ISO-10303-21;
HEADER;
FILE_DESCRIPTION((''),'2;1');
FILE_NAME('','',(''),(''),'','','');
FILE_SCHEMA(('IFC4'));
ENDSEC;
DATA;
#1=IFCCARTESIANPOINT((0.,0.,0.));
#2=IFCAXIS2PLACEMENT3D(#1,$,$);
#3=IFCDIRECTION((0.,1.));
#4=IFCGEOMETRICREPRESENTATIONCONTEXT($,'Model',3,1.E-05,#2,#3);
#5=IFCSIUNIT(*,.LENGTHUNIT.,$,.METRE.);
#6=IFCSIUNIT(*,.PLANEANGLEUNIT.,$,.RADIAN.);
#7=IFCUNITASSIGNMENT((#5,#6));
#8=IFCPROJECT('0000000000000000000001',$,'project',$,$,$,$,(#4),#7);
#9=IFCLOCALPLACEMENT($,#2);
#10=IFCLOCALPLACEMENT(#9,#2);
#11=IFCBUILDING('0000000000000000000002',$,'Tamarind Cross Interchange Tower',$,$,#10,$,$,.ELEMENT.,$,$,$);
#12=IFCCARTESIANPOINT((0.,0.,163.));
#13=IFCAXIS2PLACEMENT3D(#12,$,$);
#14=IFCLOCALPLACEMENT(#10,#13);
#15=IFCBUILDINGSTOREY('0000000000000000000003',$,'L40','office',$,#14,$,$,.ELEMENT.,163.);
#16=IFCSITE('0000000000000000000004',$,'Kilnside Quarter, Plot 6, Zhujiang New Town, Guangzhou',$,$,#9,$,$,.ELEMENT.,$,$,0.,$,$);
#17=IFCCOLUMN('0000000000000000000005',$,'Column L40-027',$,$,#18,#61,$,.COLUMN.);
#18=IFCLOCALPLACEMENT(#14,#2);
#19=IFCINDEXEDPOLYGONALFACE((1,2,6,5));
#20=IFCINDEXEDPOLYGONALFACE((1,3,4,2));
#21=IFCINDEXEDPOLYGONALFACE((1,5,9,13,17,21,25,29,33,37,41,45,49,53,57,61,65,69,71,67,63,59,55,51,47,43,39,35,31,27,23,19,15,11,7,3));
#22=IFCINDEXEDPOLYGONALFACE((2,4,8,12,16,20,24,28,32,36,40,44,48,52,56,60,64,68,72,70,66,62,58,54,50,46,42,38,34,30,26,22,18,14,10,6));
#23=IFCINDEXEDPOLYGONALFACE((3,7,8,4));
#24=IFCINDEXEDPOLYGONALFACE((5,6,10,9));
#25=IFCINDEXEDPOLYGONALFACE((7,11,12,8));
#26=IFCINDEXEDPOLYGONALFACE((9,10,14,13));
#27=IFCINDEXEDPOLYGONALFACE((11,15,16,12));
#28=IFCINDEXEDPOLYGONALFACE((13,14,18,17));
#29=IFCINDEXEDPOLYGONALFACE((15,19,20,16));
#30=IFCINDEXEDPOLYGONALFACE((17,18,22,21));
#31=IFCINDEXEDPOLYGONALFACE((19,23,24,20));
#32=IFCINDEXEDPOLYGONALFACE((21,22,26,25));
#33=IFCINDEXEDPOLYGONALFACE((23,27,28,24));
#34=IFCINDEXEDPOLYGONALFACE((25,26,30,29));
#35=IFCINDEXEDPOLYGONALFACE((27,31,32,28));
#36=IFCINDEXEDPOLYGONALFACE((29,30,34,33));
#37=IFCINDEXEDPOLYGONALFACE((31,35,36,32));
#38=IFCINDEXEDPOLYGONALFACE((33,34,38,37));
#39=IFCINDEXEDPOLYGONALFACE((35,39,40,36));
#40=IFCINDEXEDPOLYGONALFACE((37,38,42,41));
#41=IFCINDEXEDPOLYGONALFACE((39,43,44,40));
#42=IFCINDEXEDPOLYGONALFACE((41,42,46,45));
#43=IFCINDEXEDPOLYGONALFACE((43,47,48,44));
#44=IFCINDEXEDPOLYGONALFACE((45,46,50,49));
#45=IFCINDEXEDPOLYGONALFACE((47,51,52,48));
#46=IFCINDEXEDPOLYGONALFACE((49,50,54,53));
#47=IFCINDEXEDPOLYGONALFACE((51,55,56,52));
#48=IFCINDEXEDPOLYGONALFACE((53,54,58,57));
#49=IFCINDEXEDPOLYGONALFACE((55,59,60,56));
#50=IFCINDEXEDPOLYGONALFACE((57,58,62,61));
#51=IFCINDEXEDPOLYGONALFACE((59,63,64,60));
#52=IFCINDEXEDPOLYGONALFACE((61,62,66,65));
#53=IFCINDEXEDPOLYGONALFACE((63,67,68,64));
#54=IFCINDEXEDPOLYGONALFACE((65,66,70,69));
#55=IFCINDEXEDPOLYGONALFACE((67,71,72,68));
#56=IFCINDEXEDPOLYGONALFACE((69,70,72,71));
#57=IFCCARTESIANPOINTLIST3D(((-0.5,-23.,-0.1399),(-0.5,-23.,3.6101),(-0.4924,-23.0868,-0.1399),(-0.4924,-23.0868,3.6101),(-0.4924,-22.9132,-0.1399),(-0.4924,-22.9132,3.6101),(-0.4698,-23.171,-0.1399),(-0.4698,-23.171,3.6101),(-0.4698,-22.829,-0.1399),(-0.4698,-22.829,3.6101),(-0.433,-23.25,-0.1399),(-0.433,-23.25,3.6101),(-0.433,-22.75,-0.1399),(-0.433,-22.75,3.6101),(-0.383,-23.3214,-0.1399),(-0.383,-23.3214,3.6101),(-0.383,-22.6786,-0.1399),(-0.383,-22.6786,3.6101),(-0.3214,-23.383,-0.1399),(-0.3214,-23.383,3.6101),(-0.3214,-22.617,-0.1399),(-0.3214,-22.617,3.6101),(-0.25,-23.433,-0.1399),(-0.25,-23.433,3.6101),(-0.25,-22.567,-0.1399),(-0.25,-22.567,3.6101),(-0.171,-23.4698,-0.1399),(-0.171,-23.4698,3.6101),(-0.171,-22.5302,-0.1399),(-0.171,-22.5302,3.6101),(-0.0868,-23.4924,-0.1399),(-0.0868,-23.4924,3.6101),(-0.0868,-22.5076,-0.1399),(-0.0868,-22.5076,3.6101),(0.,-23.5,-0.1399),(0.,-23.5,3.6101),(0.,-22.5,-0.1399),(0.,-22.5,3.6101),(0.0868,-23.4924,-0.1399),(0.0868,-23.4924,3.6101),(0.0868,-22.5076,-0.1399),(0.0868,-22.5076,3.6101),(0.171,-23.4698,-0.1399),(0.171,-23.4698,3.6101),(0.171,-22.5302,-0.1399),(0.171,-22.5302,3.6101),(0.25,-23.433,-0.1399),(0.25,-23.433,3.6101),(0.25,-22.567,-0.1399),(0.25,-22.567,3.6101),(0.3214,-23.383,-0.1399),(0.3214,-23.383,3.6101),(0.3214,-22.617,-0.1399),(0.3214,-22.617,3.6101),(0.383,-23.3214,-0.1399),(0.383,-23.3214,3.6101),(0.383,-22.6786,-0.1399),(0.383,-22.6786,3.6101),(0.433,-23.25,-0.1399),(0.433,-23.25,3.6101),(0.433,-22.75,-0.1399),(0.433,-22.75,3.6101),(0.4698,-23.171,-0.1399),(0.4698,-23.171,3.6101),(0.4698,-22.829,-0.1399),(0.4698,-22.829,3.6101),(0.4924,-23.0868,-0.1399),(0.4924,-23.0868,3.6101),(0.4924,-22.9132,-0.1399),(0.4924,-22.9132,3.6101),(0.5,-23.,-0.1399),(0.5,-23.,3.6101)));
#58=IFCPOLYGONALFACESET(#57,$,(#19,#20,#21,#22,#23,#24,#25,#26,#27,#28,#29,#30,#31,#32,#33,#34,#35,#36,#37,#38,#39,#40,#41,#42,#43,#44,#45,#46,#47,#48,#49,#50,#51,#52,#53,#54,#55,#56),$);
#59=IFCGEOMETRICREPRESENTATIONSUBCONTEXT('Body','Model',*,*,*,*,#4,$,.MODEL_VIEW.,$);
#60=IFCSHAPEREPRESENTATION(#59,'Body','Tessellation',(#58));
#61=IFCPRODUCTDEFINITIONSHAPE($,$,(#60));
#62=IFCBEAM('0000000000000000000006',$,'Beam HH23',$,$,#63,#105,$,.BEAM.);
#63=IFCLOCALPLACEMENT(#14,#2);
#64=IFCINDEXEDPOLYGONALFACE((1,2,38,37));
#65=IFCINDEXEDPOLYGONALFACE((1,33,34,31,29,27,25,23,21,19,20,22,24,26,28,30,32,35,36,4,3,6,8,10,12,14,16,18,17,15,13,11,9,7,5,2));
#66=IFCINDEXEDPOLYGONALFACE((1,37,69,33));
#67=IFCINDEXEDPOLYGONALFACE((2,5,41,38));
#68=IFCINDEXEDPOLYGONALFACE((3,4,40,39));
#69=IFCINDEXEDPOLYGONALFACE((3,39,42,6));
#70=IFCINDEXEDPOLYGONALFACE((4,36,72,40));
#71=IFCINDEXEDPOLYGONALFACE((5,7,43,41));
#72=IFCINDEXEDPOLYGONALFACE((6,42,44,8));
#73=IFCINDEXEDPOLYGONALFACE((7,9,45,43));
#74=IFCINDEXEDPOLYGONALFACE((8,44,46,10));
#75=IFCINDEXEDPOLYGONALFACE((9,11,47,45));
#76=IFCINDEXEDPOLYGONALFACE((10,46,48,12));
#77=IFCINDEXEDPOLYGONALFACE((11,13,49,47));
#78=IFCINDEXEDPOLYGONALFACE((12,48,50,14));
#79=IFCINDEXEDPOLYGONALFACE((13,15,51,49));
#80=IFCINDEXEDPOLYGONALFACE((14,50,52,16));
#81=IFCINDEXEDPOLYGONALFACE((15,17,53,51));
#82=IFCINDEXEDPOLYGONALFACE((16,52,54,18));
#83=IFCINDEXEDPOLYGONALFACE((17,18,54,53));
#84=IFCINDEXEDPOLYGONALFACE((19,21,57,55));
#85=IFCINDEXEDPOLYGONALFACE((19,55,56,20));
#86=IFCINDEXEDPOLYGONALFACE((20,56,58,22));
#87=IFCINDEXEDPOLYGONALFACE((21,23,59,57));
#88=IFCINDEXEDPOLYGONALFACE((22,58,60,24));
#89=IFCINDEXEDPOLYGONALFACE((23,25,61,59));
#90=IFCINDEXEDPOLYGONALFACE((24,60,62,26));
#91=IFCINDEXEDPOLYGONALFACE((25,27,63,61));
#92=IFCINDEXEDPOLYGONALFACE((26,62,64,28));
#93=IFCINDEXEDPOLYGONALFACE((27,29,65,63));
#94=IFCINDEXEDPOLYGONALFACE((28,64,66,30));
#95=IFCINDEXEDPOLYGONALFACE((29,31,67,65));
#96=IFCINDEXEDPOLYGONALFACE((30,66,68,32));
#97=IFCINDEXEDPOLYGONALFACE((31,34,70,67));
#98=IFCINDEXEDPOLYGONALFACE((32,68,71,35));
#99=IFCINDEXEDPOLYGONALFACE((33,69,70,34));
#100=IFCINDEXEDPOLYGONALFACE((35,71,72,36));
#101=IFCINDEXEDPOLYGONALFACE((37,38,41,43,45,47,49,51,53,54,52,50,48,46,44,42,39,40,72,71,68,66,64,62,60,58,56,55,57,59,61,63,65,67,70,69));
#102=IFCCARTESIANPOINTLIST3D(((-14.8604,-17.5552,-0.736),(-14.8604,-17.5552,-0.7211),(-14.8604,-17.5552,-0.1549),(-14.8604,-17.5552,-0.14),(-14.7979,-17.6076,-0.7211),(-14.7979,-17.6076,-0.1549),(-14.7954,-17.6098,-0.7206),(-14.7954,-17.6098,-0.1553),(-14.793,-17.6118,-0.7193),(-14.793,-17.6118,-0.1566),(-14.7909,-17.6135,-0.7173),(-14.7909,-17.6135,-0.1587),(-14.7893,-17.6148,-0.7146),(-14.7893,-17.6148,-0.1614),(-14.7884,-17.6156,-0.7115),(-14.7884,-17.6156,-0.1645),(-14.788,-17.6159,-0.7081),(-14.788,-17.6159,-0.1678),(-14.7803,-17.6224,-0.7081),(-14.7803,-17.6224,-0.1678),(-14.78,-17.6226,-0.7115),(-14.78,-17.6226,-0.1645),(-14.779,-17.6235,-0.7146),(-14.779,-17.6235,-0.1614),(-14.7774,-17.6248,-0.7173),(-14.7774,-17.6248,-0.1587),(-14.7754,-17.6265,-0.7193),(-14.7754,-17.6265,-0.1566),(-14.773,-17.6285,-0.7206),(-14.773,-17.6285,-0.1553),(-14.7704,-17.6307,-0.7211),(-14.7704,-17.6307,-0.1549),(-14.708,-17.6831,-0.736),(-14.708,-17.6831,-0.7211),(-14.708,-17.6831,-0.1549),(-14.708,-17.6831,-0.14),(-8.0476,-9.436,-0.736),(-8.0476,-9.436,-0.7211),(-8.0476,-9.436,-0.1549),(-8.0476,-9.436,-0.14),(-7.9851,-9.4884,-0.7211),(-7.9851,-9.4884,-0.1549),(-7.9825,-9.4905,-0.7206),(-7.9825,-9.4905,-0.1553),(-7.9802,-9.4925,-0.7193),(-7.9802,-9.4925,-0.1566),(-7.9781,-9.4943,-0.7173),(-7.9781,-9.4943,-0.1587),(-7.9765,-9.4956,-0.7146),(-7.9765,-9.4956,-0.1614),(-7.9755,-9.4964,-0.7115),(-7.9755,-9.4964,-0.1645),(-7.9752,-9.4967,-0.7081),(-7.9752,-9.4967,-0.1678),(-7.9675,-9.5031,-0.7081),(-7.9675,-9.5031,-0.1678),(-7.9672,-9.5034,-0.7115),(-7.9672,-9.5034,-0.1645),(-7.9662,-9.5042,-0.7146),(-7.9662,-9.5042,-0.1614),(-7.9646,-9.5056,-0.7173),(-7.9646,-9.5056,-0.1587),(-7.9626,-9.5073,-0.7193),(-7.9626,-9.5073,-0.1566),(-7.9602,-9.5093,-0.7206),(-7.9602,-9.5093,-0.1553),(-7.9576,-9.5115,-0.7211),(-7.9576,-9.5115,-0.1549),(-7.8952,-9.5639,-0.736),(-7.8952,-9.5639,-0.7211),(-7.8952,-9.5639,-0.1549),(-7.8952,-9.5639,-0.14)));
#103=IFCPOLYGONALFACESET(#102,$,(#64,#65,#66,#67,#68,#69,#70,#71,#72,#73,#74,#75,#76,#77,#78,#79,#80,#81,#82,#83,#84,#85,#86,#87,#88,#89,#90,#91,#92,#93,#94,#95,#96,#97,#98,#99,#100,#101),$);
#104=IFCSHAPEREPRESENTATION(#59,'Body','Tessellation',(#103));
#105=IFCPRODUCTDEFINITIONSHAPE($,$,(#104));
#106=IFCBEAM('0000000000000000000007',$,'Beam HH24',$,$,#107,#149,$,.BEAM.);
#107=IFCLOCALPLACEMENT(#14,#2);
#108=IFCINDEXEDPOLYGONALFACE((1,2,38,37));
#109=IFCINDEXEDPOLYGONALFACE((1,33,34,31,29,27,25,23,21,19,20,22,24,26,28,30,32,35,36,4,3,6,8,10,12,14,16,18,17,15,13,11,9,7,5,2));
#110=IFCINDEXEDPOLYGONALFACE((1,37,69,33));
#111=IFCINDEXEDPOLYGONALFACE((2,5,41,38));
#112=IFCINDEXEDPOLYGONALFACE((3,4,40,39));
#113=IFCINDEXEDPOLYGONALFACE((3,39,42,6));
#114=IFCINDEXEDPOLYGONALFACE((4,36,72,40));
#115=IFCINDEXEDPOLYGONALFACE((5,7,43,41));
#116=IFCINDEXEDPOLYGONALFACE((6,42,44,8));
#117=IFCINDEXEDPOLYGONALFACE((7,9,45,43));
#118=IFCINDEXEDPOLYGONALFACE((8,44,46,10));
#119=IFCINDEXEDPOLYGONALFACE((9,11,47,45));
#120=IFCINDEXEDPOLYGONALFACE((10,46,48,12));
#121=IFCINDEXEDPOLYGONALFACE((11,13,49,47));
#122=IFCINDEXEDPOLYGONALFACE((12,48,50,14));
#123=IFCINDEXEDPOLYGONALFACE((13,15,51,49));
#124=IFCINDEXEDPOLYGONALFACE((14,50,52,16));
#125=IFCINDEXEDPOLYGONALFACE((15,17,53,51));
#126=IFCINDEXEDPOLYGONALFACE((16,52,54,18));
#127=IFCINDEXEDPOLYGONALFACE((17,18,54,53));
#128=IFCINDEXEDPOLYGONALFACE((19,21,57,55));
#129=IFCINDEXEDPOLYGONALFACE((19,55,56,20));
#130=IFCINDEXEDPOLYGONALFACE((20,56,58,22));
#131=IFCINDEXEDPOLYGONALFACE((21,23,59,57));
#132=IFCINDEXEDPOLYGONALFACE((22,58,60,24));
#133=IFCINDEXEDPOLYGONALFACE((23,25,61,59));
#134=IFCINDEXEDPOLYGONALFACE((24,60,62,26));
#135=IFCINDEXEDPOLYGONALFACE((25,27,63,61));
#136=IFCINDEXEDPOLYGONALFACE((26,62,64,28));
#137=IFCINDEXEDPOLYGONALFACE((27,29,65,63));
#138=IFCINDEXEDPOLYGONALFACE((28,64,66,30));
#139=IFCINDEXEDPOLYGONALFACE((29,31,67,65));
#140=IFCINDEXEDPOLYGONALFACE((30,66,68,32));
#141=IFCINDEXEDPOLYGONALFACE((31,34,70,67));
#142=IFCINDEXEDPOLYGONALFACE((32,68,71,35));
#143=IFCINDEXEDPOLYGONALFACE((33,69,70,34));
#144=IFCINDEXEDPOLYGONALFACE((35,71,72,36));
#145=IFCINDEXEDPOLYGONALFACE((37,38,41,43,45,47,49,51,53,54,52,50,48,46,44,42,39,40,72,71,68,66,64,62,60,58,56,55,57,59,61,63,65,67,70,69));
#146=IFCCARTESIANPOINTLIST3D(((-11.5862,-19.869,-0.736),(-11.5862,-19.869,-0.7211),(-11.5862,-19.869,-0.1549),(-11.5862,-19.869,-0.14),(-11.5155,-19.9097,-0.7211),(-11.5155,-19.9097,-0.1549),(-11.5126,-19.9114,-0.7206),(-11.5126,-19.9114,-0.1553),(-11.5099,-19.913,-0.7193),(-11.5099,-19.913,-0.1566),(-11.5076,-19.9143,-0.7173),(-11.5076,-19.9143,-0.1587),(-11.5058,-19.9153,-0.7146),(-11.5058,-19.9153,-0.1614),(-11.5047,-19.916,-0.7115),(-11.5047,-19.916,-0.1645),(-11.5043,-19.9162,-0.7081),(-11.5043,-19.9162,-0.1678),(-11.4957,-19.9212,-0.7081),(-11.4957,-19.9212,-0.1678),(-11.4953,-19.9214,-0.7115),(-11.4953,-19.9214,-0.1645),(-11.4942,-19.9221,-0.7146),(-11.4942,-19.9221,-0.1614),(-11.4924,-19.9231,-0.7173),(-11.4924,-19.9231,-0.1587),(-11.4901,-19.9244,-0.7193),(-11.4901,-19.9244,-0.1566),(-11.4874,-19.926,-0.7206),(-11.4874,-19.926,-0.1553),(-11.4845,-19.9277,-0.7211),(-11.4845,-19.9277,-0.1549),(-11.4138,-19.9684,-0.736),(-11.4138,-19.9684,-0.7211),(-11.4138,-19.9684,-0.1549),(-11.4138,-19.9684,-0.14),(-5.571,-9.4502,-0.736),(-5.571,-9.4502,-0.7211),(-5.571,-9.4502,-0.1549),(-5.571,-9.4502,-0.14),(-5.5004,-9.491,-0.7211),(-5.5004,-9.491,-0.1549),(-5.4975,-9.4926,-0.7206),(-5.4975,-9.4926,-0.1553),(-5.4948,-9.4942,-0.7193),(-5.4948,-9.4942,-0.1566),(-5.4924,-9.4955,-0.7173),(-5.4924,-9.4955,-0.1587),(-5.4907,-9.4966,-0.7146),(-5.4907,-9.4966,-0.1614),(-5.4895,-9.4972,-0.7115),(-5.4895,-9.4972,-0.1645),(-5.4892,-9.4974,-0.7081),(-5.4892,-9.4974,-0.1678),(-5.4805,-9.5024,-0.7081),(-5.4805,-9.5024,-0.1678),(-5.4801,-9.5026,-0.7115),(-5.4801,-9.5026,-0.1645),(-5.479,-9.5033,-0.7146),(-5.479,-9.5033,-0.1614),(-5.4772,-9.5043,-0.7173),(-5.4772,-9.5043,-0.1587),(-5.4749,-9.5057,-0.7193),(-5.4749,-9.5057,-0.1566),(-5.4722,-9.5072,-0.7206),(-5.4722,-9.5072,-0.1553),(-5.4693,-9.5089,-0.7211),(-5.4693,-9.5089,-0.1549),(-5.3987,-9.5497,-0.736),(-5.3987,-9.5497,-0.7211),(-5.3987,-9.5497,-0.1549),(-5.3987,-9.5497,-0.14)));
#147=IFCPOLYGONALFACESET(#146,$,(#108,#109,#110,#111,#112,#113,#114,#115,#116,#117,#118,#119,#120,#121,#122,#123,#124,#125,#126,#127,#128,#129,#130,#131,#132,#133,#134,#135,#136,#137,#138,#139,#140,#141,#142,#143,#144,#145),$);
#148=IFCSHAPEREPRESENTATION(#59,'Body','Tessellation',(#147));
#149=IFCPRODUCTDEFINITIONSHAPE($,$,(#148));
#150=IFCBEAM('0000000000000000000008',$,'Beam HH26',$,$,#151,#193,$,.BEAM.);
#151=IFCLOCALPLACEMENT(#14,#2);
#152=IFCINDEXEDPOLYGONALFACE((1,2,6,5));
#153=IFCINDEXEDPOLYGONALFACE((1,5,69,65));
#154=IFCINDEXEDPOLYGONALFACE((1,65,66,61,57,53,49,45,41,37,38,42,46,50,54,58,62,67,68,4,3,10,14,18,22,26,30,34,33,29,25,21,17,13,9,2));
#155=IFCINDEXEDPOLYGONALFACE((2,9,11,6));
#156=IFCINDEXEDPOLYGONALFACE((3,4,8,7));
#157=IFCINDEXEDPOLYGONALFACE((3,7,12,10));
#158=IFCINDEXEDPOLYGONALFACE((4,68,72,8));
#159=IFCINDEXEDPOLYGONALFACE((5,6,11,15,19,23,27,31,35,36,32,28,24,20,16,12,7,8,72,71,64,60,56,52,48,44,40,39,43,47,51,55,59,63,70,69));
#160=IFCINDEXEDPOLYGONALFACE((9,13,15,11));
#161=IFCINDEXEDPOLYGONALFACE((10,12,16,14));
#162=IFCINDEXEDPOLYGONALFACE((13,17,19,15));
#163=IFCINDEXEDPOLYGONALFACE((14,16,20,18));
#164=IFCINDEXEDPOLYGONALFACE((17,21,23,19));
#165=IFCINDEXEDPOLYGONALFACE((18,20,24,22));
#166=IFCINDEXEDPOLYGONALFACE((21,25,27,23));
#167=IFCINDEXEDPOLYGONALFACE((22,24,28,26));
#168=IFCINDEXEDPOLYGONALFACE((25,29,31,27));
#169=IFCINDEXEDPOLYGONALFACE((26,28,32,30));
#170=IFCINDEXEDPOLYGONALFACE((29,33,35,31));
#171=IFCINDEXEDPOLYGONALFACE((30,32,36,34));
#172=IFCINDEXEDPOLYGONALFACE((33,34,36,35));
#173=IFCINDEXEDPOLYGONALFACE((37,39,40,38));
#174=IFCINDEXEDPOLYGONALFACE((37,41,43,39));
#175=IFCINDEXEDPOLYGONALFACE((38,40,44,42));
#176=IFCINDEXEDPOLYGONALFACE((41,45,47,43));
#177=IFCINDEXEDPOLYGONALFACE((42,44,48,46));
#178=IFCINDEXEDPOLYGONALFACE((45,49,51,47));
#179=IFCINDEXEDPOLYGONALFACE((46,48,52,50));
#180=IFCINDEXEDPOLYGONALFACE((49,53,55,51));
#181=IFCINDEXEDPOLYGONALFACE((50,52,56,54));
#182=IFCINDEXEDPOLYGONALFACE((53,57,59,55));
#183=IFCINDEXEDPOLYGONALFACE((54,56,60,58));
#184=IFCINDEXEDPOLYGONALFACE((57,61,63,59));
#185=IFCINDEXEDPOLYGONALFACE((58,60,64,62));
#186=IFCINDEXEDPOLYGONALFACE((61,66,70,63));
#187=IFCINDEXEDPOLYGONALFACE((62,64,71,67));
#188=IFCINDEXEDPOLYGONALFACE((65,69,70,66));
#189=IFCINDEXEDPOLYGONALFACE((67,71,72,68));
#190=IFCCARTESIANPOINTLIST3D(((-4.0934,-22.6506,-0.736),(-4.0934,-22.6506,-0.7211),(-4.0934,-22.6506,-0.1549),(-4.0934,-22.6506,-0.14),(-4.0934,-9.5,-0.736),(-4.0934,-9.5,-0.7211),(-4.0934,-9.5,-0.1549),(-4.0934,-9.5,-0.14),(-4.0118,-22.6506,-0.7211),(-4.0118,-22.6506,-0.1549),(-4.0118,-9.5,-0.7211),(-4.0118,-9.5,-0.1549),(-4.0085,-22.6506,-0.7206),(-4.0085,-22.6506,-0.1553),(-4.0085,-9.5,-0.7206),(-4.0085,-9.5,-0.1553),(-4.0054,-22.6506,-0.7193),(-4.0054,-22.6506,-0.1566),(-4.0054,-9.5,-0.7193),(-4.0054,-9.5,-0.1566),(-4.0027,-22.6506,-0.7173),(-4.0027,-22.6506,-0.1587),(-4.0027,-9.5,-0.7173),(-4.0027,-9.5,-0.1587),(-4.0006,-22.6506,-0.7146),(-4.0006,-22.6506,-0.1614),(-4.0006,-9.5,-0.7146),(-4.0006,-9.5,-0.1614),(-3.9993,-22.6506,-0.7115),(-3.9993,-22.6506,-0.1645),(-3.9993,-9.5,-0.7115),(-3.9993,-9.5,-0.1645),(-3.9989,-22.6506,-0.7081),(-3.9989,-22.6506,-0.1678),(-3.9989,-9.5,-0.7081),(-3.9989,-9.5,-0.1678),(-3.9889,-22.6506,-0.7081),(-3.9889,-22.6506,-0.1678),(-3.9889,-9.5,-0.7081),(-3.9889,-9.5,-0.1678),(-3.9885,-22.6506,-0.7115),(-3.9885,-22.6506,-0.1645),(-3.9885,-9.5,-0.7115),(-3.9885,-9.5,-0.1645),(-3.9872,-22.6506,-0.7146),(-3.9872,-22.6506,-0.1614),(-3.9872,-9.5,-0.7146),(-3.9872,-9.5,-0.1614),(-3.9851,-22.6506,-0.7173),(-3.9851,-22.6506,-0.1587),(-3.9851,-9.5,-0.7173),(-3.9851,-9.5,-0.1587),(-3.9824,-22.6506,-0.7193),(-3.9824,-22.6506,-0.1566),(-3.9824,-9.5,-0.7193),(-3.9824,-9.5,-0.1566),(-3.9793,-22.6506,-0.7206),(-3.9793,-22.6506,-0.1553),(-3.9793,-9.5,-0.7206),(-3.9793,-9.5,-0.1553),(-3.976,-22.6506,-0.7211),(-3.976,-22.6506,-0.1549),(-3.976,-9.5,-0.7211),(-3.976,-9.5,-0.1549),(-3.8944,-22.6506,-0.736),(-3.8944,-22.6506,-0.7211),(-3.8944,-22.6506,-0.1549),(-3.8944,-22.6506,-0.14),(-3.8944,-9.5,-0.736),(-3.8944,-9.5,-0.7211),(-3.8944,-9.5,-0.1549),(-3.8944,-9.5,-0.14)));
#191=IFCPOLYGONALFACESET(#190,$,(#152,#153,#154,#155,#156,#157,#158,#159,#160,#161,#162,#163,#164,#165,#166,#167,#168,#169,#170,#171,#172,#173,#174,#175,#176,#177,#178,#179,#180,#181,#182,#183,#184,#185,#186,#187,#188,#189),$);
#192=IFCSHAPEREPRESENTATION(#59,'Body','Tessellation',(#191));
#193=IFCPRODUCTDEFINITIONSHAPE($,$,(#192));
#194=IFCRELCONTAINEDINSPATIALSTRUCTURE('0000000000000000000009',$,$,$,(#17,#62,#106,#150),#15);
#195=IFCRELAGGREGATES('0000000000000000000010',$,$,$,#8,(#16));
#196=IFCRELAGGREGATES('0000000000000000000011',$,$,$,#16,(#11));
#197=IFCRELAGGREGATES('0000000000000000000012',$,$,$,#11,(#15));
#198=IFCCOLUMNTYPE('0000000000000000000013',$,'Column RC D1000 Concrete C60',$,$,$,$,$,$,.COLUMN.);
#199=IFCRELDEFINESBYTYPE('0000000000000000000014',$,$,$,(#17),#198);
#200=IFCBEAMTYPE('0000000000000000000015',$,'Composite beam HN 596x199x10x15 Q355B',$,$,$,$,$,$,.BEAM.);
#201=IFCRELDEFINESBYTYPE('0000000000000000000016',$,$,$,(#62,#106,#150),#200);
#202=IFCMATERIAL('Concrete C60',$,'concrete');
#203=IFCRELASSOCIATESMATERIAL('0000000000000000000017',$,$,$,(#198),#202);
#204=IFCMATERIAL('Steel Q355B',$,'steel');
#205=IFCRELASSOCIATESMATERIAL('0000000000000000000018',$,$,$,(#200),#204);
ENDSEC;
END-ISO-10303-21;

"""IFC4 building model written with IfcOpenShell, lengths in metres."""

from ifc_helpers import new_model, si_unit, direction, frame, origin, origin_2d, place, context, subcontext, project, spatial, circle, i_section, extrude, material, material_profile, profile_set, type_object, element, save


model = new_model("IFC4")

# Units and contexts
model_context = context("Model", 3, precision=1e-05, world=origin(), true_north=direction((0.0, 1.0)))
body_context = subcontext(model_context, "Body", "Model", "MODEL_VIEW")
ifc_project = project(units=[si_unit("LENGTHUNIT", "METRE"), si_unit("PLANEANGLEUNIT", "RADIAN")], contexts=[model_context])

# Site, building, storey
site_placement = place(None, origin())
site = spatial("IfcSite", under=ifc_project, at=site_placement, Name="Kilnside Quarter, Plot 6, Zhujiang New Town, Guangzhou", CompositionType="ELEMENT", RefElevation=0.0)
building_placement = place(site_placement, origin())
building = spatial("IfcBuilding", under=site, at=building_placement, Name="Tamarind Cross Interchange Tower", CompositionType="ELEMENT")
storey_placement = place(building_placement, frame((0.0, 0.0, 163.0)))
storey = spatial("IfcBuildingStorey", under=building, at=storey_placement, Name="L40", Description="office", CompositionType="ELEMENT", Elevation=163.0)

# Column
ifc_material_1 = material(Name="Concrete C60", Category="concrete")
ifc_material_profile_1 = material_profile(ifc_material_1, circle(Radius=0.5, at=origin_2d()), Name="RC D1000")
ifc_profile_set_1 = profile_set([ifc_material_profile_1], Name="Concrete C60")
column_type = type_object("IfcColumnType", Name="Column RC D1000 Concrete C60", PredefinedType="COLUMN", material=ifc_profile_set_1)
for number, where, z_axis, x_axis, name in (
    (1, (0.0, -23.0, -0.1399), (0.0, 0.0, 1.0), (1.0, 0.0, 0.0), "Column L40-027"),
):
    element("IfcColumn", number, at=place(storey_placement, frame(where, z_axis=z_axis, x_axis=x_axis)), inside=storey, type_object=column_type, Name=name, PredefinedType="COLUMN", context=body_context, shape_type="SweptSolid", body=[
        extrude(circle(Radius=0.5, at=origin_2d()), origin(), (0.0, 0.0, 1.0), 3.75),
    ])

# Beams
ifc_material_2 = material(Name="Steel Q355B", Category="steel")
ifc_material_profile_2 = material_profile(ifc_material_2, i_section(OverallWidth=0.199, OverallDepth=0.5959, WebThickness=0.01, FlangeThickness=0.0149, FilletRadius=0.0129, at=origin_2d()), Name="HN 596x199x10x15")
ifc_profile_set_2 = profile_set([ifc_material_profile_2], Name="Steel Q355B")
beam_type = type_object("IfcBeamType", Name="Composite beam HN 596x199x10x15 Q355B", PredefinedType="BEAM", material=ifc_profile_set_2)
beam_1_placement = place(storey_placement, frame((-14.7842, -17.6191, -0.438), z_axis=(0.642786, 0.766046, 0.0), x_axis=(-0.766046, 0.642786, 0.0)))
element("IfcBeam", 2, at=beam_1_placement, inside=storey, type_object=beam_type, Name="Beam HH23", PredefinedType="BEAM", context=body_context, shape_type="SweptSolid", body=[
    extrude(i_section(OverallWidth=0.199, OverallDepth=0.5959, WebThickness=0.01, FlangeThickness=0.0149, FilletRadius=0.0129, at=origin_2d()), origin(), (0.0, 0.0, 1.0), 10.5989),
])
beam_2_placement = place(storey_placement, frame((-11.5, -19.9187, -0.438), z_axis=(0.499994, 0.866029, 0.0), x_axis=(-0.866029, 0.499994, 0.0)))
element("IfcBeam", 3, at=beam_2_placement, inside=storey, type_object=beam_type, Name="Beam HH24", PredefinedType="BEAM", context=body_context, shape_type="SweptSolid", body=[
    extrude(i_section(OverallWidth=0.199, OverallDepth=0.5959, WebThickness=0.01, FlangeThickness=0.0149, FilletRadius=0.0129, at=origin_2d()), origin(), (0.0, 0.0, 1.0), 12.0305),
])
beam_3_placement = place(storey_placement, frame((-3.9939, -22.6506, -0.438), z_axis=(0.0, 1.0, 0.0), x_axis=(-1.0, 0.0, 0.0)))
element("IfcBeam", 4, at=beam_3_placement, inside=storey, type_object=beam_type, Name="Beam HH26", PredefinedType="BEAM", context=body_context, shape_type="SweptSolid", body=[
    extrude(i_section(OverallWidth=0.199, OverallDepth=0.5959, WebThickness=0.01, FlangeThickness=0.0149, FilletRadius=0.0129, at=origin_2d()), origin(), (0.0, 0.0, 1.0), 13.1506),
])

save(model, "model.ifc")
